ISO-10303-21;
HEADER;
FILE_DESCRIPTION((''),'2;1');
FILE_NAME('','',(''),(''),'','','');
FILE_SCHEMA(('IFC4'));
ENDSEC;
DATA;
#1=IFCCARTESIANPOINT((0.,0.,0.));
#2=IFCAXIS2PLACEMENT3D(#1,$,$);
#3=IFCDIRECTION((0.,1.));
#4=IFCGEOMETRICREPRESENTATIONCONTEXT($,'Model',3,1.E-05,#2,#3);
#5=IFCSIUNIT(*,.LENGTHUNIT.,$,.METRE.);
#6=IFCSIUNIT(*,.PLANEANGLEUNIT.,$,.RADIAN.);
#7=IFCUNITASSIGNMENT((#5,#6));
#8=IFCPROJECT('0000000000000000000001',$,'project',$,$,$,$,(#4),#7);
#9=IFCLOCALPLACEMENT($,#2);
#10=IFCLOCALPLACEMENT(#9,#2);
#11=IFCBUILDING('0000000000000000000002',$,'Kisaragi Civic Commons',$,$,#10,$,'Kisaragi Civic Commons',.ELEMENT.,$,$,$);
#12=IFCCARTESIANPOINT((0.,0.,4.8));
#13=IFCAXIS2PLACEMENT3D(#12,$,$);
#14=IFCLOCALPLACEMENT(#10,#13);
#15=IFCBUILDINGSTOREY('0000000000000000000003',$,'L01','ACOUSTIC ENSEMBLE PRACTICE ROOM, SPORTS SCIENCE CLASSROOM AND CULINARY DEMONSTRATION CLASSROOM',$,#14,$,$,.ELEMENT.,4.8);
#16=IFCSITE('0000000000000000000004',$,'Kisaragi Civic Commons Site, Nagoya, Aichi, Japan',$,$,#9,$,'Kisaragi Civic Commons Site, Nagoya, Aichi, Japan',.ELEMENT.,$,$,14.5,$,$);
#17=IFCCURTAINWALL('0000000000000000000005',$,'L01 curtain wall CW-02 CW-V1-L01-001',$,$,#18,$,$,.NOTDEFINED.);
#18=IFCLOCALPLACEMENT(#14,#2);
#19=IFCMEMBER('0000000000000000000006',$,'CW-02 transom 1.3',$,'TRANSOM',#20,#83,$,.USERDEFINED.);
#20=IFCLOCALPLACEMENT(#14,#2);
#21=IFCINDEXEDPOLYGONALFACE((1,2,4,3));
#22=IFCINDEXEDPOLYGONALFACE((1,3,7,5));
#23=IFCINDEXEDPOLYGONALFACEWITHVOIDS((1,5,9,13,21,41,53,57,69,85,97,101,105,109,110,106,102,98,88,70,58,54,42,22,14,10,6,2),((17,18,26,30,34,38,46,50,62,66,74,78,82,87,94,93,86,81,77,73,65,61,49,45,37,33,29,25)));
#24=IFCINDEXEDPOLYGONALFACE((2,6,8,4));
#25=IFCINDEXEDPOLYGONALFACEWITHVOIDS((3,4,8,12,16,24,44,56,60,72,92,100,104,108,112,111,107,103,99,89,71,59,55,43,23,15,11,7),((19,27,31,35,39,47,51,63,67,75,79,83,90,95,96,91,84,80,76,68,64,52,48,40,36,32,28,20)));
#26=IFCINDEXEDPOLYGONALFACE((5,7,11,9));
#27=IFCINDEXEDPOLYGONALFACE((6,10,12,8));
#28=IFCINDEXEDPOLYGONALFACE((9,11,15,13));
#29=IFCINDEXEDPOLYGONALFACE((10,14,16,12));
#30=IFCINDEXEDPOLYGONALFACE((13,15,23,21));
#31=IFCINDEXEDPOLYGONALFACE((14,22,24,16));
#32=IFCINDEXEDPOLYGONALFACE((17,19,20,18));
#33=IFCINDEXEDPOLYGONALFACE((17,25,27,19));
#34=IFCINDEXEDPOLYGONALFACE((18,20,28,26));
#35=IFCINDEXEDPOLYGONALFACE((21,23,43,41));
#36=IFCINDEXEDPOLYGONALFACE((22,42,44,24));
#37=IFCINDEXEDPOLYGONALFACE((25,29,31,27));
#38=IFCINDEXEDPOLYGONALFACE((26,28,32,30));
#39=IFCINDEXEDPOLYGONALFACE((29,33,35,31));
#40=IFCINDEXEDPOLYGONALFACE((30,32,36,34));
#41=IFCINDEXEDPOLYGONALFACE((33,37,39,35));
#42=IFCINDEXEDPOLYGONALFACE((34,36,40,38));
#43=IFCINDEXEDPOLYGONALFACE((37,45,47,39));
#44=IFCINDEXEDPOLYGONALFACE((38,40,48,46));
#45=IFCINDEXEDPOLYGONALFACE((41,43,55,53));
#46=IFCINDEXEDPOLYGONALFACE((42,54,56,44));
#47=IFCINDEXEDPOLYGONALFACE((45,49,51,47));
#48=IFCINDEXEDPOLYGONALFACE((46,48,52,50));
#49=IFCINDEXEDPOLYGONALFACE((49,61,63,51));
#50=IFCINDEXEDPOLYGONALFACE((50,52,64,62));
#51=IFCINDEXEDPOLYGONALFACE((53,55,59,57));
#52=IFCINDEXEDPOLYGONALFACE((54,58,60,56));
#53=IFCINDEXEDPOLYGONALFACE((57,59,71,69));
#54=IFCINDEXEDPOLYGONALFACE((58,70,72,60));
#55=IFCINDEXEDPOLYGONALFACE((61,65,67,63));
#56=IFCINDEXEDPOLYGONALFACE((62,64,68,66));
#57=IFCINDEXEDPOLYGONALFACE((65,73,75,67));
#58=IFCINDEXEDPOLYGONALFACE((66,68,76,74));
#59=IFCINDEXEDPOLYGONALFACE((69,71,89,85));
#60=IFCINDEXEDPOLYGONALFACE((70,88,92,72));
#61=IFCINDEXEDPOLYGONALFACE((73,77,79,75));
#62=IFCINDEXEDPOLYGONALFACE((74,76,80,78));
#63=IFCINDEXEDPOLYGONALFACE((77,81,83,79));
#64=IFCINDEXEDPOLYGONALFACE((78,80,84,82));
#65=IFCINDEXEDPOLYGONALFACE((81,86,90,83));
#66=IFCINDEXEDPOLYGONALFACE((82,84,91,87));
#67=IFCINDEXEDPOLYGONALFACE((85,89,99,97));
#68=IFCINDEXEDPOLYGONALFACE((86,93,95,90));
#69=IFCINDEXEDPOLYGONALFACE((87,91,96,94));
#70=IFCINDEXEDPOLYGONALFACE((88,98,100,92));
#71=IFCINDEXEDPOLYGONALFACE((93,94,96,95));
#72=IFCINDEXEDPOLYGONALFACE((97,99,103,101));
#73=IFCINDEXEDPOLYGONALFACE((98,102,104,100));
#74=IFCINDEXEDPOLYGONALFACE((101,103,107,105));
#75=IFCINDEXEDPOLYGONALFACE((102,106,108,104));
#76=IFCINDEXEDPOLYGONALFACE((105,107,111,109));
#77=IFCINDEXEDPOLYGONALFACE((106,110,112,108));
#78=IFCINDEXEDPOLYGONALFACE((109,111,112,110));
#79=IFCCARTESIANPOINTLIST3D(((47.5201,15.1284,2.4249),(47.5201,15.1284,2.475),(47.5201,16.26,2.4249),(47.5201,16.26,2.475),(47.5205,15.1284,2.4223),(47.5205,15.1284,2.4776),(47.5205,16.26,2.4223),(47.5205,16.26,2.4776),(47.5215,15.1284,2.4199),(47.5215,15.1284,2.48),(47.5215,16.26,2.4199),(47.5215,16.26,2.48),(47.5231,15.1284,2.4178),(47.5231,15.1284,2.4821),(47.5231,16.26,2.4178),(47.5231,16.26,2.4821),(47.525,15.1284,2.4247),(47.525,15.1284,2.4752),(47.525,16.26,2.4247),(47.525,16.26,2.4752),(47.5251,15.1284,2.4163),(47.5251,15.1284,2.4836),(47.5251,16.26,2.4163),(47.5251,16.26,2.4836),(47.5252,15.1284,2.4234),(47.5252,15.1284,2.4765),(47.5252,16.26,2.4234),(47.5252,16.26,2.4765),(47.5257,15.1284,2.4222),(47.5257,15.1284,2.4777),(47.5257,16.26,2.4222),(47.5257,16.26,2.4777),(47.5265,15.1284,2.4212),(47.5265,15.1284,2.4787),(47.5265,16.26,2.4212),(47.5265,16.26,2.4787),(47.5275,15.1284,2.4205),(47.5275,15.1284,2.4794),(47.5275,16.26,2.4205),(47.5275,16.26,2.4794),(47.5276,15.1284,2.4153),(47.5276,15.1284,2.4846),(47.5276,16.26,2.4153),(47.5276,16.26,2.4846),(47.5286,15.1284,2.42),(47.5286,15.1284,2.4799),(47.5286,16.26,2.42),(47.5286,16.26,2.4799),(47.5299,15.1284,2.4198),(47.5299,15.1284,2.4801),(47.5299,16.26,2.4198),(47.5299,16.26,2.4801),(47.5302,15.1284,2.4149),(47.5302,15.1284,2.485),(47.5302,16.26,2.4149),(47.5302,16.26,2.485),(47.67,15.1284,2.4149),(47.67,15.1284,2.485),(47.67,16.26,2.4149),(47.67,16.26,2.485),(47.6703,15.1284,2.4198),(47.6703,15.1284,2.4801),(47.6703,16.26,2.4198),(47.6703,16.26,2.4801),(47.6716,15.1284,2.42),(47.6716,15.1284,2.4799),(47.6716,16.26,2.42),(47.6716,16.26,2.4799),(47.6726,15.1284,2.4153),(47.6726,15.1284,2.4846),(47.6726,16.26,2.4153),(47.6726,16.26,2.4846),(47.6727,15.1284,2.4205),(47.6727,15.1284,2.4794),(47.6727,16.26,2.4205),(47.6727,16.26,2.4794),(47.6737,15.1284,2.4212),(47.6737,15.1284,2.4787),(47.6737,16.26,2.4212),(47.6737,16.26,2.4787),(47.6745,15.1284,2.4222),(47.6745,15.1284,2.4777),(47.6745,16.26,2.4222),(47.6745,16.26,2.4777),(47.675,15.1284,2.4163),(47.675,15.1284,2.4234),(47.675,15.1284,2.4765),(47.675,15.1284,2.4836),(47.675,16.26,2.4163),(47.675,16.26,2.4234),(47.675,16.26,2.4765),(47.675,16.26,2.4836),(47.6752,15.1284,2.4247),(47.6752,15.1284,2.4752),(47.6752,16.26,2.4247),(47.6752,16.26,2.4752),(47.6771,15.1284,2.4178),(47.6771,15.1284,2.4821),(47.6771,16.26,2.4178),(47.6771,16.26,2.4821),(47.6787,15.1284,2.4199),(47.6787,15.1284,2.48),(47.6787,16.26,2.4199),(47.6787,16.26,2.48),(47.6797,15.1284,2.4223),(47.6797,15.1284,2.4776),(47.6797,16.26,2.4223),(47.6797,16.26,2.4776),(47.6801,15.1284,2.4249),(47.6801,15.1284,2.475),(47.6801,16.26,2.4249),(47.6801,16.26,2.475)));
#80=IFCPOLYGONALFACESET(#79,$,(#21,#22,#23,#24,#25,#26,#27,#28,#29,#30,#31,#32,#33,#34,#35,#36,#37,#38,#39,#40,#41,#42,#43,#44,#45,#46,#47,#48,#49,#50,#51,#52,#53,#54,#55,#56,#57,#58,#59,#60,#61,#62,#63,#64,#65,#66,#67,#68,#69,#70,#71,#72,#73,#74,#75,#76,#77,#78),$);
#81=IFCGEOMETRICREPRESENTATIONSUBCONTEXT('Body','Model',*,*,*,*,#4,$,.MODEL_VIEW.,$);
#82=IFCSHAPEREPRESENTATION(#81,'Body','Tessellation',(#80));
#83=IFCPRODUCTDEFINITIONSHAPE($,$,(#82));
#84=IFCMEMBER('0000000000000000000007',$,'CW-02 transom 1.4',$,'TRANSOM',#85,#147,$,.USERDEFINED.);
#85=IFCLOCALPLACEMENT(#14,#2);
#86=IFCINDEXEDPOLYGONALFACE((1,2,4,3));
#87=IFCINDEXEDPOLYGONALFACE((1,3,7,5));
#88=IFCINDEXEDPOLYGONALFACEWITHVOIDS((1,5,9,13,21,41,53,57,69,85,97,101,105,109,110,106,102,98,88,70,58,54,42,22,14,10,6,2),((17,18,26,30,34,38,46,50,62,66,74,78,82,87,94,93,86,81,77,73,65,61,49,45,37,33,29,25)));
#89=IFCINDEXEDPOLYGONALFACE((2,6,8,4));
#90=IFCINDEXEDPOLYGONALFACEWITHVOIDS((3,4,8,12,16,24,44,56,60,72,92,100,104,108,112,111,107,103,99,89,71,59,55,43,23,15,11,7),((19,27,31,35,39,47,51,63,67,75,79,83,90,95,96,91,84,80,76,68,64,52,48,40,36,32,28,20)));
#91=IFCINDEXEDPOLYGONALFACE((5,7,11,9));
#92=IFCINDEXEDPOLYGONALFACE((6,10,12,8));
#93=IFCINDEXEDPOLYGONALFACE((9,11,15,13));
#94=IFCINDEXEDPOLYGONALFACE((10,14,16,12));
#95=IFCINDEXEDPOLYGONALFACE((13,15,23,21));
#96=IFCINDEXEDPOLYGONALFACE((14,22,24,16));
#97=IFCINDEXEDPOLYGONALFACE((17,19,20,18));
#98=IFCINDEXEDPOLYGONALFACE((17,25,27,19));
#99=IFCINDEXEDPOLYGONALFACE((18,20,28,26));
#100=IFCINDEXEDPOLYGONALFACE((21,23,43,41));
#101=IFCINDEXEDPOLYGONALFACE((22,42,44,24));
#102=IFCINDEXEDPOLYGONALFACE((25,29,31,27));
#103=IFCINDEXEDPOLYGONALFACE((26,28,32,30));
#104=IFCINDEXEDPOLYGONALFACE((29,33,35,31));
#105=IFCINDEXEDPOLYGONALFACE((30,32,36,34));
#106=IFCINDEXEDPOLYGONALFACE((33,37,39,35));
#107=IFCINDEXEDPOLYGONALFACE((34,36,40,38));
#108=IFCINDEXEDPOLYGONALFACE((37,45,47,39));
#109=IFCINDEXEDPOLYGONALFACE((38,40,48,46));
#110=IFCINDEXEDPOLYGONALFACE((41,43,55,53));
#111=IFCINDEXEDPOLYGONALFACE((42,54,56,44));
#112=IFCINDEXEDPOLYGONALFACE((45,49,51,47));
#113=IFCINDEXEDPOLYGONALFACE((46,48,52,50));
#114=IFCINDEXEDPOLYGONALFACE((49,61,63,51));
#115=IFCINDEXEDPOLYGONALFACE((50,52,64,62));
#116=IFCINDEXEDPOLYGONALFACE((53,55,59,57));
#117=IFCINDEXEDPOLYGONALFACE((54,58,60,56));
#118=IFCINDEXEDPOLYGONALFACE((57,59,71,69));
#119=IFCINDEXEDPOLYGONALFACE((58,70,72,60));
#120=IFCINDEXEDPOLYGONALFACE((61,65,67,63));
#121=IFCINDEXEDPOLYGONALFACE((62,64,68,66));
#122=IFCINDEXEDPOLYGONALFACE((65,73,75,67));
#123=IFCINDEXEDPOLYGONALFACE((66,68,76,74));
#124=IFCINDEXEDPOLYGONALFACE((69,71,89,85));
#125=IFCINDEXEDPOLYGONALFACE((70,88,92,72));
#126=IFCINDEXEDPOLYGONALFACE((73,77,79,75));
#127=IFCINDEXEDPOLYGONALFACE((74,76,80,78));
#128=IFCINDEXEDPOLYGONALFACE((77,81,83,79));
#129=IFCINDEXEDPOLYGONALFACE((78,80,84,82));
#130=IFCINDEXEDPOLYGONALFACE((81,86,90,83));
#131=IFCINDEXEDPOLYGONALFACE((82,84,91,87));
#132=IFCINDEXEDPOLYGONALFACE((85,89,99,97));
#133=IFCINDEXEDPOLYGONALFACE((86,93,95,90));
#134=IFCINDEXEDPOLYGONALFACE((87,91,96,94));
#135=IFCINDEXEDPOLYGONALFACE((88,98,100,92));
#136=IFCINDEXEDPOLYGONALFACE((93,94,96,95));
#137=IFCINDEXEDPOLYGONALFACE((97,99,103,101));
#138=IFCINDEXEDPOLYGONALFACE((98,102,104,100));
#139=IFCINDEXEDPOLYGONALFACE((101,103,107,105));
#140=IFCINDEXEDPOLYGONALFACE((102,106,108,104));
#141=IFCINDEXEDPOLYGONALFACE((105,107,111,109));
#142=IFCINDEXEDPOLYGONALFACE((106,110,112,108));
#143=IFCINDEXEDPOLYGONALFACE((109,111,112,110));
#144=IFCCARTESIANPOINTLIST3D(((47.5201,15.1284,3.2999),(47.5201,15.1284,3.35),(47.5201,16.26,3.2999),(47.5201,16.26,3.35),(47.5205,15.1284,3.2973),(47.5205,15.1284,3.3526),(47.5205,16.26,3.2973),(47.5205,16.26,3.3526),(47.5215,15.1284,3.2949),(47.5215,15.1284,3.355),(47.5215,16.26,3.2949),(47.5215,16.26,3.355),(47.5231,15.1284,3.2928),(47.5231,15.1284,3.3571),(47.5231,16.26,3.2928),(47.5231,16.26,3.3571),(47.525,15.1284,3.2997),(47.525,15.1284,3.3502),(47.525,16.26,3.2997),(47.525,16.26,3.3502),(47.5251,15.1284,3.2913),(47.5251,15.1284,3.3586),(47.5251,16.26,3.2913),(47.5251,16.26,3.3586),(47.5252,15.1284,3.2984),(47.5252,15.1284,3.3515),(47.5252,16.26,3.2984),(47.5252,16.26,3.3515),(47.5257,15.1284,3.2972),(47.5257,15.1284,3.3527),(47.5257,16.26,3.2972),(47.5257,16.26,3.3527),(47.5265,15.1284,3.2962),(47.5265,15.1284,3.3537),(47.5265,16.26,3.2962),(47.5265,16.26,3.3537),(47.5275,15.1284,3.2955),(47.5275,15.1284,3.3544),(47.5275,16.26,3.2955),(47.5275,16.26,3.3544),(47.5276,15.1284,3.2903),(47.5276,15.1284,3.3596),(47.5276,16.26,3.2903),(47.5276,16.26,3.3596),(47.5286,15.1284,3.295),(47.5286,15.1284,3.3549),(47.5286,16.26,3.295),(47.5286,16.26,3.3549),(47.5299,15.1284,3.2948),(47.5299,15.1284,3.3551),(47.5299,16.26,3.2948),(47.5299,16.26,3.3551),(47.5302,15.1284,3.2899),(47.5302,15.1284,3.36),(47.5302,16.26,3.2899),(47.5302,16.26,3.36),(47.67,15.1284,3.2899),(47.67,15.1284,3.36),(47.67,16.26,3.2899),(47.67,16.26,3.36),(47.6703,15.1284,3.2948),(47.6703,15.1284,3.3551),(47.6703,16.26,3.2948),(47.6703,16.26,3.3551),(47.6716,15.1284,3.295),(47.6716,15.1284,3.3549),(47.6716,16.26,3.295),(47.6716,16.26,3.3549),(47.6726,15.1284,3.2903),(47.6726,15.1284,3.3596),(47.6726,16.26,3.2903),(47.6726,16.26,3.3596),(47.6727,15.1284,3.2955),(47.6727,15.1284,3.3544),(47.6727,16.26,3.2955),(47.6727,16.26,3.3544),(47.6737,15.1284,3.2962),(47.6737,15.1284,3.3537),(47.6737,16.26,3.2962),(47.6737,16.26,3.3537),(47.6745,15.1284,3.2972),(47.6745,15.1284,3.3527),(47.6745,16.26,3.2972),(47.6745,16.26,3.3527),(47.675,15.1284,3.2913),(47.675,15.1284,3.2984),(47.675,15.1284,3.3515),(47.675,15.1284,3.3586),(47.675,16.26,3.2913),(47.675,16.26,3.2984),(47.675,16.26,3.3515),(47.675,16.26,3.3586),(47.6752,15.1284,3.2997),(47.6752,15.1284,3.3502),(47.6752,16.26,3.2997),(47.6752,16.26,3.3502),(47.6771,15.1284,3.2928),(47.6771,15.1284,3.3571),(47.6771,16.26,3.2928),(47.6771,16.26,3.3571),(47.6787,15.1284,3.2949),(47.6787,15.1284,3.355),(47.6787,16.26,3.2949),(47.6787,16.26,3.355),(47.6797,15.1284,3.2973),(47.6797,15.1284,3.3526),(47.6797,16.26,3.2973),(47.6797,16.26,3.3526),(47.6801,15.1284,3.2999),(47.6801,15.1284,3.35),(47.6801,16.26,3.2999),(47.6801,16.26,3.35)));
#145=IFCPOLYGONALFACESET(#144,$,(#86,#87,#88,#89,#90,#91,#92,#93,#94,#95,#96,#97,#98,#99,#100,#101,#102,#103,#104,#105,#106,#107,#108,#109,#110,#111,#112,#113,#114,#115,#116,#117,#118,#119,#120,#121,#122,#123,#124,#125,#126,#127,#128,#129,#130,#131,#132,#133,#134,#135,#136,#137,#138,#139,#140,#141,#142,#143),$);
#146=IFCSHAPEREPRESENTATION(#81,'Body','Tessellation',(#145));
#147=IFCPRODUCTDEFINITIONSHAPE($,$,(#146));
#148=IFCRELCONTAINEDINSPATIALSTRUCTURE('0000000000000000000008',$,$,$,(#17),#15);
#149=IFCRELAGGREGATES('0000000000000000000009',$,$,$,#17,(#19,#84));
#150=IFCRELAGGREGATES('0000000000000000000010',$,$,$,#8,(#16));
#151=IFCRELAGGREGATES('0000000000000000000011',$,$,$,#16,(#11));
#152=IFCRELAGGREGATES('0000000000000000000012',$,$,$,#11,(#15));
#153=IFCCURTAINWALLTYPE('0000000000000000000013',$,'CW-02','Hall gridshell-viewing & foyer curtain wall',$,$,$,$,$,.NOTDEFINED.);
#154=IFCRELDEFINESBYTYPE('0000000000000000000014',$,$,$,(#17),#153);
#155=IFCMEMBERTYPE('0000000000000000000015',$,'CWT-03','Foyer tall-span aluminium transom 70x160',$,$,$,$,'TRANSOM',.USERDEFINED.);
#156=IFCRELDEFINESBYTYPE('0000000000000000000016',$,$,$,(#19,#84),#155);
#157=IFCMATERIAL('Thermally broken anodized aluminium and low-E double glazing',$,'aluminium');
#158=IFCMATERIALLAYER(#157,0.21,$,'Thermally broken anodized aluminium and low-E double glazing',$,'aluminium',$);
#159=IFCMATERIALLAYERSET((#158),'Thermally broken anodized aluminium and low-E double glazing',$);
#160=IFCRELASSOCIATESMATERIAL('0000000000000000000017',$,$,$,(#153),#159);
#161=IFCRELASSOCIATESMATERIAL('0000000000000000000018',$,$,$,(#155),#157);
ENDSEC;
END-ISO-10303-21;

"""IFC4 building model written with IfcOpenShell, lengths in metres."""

from ifc_helpers import new_model, si_unit, direction, frame, origin, origin_2d, place, context, subcontext, project, spatial, hollow_rectangle, extrude, material, layer, layer_set, material_profile, profile_set, type_object, element, aggregate, save


model = new_model("IFC4")

# Units and contexts
model_context = context("Model", 3, precision=1e-05, world=origin(), true_north=direction((0.0, 1.0)))
body_context = subcontext(model_context, "Body", "Model", "MODEL_VIEW")
ifc_project = project(units=[si_unit("LENGTHUNIT", "METRE"), si_unit("PLANEANGLEUNIT", "RADIAN")], contexts=[model_context])

# Site, building, storey
site_placement = place(None, origin())
site = spatial("IfcSite", under=ifc_project, at=site_placement, Name="Kisaragi Civic Commons Site, Nagoya, Aichi, Japan", LongName="Kisaragi Civic Commons Site, Nagoya, Aichi, Japan", CompositionType="ELEMENT", RefElevation=14.5)
building_placement = place(site_placement, origin())
building = spatial("IfcBuilding", under=site, at=building_placement, Name="Kisaragi Civic Commons", LongName="Kisaragi Civic Commons", CompositionType="ELEMENT")
storey_placement = place(building_placement, frame((0.0, 0.0, 4.8)))
storey = spatial("IfcBuildingStorey", under=building, at=storey_placement, Name="L01", Description="ACOUSTIC ENSEMBLE PRACTICE ROOM, SPORTS SCIENCE CLASSROOM AND CULINARY DEMONSTRATION CLASSROOM", CompositionType="ELEMENT", Elevation=4.8)

# Curtain wall, members
ifc_material_1 = material(Name="Thermally broken anodized aluminium and low-E double glazing", Category="aluminium")
ifc_layer_1 = layer(ifc_material_1, 0.21, Name="Thermally broken anodized aluminium and low-E double glazing", Category="aluminium")
ifc_layer_set_1 = layer_set([ifc_layer_1], Name="Thermally broken anodized aluminium and low-E double glazing")
curtain_wall_type = type_object("IfcCurtainWallType", Name="CW-02", Description="Hall gridshell-viewing & foyer curtain wall", PredefinedType="NOTDEFINED", material=ifc_layer_set_1)
curtain_wall_placement = place(storey_placement, origin())
curtain_wall = element("IfcCurtainWall", 1, at=curtain_wall_placement, inside=storey, type_object=curtain_wall_type, Name="L01 curtain wall CW-02 CW-V1-L01-001", PredefinedType="NOTDEFINED")
ifc_material_profile_1 = material_profile(ifc_material_1, hollow_rectangle(XDim=0.1599, YDim=0.0701, WallThickness=0.0049, InnerFilletRadius=0.0049, OuterFilletRadius=0.01, at=origin_2d()), Name="CWT-70x160x5", Category="aluminium")
ifc_profile_set_1 = profile_set([ifc_material_profile_1], Name="Thermally broken anodized aluminium and low-E double glazing")
member_type_1 = type_object("IfcMemberType", Name="CWT-03", Description="Foyer tall-span aluminium transom 70x160", ElementType="TRANSOM", PredefinedType="USERDEFINED", material=ifc_profile_set_1)
member_1_placement = place(storey_placement, frame((47.6001, 16.26, 2.45), z_axis=(0.0, -1.0, 0.0), x_axis=(1.0, 0.0, 0.0)))
member_1 = element("IfcMember", 2, at=member_1_placement, type_object=member_type_1, Name="CW-02 transom 1.3", ObjectType="TRANSOM", PredefinedType="USERDEFINED", context=body_context, shape_type="SweptSolid", body=[
    extrude(hollow_rectangle(XDim=0.1599, YDim=0.0701, WallThickness=0.0049, InnerFilletRadius=0.0049, OuterFilletRadius=0.01, at=origin_2d()), origin(), (0.0, 0.0, 1.0), 1.1316),
])
member_2_placement = place(storey_placement, frame((47.6001, 16.26, 3.325), z_axis=(0.0, -1.0, 0.0), x_axis=(1.0, 0.0, 0.0)))
member_2 = element("IfcMember", 3, at=member_2_placement, type_object=member_type_1, Name="CW-02 transom 1.4", ObjectType="TRANSOM", PredefinedType="USERDEFINED", context=body_context, shape_type="SweptSolid", body=[
    extrude(hollow_rectangle(XDim=0.1599, YDim=0.0701, WallThickness=0.0049, InnerFilletRadius=0.0049, OuterFilletRadius=0.01, at=origin_2d()), origin(), (0.0, 0.0, 1.0), 1.1316),
])

aggregate(curtain_wall, [member_1, member_2])

save(model, "model.ifc")
